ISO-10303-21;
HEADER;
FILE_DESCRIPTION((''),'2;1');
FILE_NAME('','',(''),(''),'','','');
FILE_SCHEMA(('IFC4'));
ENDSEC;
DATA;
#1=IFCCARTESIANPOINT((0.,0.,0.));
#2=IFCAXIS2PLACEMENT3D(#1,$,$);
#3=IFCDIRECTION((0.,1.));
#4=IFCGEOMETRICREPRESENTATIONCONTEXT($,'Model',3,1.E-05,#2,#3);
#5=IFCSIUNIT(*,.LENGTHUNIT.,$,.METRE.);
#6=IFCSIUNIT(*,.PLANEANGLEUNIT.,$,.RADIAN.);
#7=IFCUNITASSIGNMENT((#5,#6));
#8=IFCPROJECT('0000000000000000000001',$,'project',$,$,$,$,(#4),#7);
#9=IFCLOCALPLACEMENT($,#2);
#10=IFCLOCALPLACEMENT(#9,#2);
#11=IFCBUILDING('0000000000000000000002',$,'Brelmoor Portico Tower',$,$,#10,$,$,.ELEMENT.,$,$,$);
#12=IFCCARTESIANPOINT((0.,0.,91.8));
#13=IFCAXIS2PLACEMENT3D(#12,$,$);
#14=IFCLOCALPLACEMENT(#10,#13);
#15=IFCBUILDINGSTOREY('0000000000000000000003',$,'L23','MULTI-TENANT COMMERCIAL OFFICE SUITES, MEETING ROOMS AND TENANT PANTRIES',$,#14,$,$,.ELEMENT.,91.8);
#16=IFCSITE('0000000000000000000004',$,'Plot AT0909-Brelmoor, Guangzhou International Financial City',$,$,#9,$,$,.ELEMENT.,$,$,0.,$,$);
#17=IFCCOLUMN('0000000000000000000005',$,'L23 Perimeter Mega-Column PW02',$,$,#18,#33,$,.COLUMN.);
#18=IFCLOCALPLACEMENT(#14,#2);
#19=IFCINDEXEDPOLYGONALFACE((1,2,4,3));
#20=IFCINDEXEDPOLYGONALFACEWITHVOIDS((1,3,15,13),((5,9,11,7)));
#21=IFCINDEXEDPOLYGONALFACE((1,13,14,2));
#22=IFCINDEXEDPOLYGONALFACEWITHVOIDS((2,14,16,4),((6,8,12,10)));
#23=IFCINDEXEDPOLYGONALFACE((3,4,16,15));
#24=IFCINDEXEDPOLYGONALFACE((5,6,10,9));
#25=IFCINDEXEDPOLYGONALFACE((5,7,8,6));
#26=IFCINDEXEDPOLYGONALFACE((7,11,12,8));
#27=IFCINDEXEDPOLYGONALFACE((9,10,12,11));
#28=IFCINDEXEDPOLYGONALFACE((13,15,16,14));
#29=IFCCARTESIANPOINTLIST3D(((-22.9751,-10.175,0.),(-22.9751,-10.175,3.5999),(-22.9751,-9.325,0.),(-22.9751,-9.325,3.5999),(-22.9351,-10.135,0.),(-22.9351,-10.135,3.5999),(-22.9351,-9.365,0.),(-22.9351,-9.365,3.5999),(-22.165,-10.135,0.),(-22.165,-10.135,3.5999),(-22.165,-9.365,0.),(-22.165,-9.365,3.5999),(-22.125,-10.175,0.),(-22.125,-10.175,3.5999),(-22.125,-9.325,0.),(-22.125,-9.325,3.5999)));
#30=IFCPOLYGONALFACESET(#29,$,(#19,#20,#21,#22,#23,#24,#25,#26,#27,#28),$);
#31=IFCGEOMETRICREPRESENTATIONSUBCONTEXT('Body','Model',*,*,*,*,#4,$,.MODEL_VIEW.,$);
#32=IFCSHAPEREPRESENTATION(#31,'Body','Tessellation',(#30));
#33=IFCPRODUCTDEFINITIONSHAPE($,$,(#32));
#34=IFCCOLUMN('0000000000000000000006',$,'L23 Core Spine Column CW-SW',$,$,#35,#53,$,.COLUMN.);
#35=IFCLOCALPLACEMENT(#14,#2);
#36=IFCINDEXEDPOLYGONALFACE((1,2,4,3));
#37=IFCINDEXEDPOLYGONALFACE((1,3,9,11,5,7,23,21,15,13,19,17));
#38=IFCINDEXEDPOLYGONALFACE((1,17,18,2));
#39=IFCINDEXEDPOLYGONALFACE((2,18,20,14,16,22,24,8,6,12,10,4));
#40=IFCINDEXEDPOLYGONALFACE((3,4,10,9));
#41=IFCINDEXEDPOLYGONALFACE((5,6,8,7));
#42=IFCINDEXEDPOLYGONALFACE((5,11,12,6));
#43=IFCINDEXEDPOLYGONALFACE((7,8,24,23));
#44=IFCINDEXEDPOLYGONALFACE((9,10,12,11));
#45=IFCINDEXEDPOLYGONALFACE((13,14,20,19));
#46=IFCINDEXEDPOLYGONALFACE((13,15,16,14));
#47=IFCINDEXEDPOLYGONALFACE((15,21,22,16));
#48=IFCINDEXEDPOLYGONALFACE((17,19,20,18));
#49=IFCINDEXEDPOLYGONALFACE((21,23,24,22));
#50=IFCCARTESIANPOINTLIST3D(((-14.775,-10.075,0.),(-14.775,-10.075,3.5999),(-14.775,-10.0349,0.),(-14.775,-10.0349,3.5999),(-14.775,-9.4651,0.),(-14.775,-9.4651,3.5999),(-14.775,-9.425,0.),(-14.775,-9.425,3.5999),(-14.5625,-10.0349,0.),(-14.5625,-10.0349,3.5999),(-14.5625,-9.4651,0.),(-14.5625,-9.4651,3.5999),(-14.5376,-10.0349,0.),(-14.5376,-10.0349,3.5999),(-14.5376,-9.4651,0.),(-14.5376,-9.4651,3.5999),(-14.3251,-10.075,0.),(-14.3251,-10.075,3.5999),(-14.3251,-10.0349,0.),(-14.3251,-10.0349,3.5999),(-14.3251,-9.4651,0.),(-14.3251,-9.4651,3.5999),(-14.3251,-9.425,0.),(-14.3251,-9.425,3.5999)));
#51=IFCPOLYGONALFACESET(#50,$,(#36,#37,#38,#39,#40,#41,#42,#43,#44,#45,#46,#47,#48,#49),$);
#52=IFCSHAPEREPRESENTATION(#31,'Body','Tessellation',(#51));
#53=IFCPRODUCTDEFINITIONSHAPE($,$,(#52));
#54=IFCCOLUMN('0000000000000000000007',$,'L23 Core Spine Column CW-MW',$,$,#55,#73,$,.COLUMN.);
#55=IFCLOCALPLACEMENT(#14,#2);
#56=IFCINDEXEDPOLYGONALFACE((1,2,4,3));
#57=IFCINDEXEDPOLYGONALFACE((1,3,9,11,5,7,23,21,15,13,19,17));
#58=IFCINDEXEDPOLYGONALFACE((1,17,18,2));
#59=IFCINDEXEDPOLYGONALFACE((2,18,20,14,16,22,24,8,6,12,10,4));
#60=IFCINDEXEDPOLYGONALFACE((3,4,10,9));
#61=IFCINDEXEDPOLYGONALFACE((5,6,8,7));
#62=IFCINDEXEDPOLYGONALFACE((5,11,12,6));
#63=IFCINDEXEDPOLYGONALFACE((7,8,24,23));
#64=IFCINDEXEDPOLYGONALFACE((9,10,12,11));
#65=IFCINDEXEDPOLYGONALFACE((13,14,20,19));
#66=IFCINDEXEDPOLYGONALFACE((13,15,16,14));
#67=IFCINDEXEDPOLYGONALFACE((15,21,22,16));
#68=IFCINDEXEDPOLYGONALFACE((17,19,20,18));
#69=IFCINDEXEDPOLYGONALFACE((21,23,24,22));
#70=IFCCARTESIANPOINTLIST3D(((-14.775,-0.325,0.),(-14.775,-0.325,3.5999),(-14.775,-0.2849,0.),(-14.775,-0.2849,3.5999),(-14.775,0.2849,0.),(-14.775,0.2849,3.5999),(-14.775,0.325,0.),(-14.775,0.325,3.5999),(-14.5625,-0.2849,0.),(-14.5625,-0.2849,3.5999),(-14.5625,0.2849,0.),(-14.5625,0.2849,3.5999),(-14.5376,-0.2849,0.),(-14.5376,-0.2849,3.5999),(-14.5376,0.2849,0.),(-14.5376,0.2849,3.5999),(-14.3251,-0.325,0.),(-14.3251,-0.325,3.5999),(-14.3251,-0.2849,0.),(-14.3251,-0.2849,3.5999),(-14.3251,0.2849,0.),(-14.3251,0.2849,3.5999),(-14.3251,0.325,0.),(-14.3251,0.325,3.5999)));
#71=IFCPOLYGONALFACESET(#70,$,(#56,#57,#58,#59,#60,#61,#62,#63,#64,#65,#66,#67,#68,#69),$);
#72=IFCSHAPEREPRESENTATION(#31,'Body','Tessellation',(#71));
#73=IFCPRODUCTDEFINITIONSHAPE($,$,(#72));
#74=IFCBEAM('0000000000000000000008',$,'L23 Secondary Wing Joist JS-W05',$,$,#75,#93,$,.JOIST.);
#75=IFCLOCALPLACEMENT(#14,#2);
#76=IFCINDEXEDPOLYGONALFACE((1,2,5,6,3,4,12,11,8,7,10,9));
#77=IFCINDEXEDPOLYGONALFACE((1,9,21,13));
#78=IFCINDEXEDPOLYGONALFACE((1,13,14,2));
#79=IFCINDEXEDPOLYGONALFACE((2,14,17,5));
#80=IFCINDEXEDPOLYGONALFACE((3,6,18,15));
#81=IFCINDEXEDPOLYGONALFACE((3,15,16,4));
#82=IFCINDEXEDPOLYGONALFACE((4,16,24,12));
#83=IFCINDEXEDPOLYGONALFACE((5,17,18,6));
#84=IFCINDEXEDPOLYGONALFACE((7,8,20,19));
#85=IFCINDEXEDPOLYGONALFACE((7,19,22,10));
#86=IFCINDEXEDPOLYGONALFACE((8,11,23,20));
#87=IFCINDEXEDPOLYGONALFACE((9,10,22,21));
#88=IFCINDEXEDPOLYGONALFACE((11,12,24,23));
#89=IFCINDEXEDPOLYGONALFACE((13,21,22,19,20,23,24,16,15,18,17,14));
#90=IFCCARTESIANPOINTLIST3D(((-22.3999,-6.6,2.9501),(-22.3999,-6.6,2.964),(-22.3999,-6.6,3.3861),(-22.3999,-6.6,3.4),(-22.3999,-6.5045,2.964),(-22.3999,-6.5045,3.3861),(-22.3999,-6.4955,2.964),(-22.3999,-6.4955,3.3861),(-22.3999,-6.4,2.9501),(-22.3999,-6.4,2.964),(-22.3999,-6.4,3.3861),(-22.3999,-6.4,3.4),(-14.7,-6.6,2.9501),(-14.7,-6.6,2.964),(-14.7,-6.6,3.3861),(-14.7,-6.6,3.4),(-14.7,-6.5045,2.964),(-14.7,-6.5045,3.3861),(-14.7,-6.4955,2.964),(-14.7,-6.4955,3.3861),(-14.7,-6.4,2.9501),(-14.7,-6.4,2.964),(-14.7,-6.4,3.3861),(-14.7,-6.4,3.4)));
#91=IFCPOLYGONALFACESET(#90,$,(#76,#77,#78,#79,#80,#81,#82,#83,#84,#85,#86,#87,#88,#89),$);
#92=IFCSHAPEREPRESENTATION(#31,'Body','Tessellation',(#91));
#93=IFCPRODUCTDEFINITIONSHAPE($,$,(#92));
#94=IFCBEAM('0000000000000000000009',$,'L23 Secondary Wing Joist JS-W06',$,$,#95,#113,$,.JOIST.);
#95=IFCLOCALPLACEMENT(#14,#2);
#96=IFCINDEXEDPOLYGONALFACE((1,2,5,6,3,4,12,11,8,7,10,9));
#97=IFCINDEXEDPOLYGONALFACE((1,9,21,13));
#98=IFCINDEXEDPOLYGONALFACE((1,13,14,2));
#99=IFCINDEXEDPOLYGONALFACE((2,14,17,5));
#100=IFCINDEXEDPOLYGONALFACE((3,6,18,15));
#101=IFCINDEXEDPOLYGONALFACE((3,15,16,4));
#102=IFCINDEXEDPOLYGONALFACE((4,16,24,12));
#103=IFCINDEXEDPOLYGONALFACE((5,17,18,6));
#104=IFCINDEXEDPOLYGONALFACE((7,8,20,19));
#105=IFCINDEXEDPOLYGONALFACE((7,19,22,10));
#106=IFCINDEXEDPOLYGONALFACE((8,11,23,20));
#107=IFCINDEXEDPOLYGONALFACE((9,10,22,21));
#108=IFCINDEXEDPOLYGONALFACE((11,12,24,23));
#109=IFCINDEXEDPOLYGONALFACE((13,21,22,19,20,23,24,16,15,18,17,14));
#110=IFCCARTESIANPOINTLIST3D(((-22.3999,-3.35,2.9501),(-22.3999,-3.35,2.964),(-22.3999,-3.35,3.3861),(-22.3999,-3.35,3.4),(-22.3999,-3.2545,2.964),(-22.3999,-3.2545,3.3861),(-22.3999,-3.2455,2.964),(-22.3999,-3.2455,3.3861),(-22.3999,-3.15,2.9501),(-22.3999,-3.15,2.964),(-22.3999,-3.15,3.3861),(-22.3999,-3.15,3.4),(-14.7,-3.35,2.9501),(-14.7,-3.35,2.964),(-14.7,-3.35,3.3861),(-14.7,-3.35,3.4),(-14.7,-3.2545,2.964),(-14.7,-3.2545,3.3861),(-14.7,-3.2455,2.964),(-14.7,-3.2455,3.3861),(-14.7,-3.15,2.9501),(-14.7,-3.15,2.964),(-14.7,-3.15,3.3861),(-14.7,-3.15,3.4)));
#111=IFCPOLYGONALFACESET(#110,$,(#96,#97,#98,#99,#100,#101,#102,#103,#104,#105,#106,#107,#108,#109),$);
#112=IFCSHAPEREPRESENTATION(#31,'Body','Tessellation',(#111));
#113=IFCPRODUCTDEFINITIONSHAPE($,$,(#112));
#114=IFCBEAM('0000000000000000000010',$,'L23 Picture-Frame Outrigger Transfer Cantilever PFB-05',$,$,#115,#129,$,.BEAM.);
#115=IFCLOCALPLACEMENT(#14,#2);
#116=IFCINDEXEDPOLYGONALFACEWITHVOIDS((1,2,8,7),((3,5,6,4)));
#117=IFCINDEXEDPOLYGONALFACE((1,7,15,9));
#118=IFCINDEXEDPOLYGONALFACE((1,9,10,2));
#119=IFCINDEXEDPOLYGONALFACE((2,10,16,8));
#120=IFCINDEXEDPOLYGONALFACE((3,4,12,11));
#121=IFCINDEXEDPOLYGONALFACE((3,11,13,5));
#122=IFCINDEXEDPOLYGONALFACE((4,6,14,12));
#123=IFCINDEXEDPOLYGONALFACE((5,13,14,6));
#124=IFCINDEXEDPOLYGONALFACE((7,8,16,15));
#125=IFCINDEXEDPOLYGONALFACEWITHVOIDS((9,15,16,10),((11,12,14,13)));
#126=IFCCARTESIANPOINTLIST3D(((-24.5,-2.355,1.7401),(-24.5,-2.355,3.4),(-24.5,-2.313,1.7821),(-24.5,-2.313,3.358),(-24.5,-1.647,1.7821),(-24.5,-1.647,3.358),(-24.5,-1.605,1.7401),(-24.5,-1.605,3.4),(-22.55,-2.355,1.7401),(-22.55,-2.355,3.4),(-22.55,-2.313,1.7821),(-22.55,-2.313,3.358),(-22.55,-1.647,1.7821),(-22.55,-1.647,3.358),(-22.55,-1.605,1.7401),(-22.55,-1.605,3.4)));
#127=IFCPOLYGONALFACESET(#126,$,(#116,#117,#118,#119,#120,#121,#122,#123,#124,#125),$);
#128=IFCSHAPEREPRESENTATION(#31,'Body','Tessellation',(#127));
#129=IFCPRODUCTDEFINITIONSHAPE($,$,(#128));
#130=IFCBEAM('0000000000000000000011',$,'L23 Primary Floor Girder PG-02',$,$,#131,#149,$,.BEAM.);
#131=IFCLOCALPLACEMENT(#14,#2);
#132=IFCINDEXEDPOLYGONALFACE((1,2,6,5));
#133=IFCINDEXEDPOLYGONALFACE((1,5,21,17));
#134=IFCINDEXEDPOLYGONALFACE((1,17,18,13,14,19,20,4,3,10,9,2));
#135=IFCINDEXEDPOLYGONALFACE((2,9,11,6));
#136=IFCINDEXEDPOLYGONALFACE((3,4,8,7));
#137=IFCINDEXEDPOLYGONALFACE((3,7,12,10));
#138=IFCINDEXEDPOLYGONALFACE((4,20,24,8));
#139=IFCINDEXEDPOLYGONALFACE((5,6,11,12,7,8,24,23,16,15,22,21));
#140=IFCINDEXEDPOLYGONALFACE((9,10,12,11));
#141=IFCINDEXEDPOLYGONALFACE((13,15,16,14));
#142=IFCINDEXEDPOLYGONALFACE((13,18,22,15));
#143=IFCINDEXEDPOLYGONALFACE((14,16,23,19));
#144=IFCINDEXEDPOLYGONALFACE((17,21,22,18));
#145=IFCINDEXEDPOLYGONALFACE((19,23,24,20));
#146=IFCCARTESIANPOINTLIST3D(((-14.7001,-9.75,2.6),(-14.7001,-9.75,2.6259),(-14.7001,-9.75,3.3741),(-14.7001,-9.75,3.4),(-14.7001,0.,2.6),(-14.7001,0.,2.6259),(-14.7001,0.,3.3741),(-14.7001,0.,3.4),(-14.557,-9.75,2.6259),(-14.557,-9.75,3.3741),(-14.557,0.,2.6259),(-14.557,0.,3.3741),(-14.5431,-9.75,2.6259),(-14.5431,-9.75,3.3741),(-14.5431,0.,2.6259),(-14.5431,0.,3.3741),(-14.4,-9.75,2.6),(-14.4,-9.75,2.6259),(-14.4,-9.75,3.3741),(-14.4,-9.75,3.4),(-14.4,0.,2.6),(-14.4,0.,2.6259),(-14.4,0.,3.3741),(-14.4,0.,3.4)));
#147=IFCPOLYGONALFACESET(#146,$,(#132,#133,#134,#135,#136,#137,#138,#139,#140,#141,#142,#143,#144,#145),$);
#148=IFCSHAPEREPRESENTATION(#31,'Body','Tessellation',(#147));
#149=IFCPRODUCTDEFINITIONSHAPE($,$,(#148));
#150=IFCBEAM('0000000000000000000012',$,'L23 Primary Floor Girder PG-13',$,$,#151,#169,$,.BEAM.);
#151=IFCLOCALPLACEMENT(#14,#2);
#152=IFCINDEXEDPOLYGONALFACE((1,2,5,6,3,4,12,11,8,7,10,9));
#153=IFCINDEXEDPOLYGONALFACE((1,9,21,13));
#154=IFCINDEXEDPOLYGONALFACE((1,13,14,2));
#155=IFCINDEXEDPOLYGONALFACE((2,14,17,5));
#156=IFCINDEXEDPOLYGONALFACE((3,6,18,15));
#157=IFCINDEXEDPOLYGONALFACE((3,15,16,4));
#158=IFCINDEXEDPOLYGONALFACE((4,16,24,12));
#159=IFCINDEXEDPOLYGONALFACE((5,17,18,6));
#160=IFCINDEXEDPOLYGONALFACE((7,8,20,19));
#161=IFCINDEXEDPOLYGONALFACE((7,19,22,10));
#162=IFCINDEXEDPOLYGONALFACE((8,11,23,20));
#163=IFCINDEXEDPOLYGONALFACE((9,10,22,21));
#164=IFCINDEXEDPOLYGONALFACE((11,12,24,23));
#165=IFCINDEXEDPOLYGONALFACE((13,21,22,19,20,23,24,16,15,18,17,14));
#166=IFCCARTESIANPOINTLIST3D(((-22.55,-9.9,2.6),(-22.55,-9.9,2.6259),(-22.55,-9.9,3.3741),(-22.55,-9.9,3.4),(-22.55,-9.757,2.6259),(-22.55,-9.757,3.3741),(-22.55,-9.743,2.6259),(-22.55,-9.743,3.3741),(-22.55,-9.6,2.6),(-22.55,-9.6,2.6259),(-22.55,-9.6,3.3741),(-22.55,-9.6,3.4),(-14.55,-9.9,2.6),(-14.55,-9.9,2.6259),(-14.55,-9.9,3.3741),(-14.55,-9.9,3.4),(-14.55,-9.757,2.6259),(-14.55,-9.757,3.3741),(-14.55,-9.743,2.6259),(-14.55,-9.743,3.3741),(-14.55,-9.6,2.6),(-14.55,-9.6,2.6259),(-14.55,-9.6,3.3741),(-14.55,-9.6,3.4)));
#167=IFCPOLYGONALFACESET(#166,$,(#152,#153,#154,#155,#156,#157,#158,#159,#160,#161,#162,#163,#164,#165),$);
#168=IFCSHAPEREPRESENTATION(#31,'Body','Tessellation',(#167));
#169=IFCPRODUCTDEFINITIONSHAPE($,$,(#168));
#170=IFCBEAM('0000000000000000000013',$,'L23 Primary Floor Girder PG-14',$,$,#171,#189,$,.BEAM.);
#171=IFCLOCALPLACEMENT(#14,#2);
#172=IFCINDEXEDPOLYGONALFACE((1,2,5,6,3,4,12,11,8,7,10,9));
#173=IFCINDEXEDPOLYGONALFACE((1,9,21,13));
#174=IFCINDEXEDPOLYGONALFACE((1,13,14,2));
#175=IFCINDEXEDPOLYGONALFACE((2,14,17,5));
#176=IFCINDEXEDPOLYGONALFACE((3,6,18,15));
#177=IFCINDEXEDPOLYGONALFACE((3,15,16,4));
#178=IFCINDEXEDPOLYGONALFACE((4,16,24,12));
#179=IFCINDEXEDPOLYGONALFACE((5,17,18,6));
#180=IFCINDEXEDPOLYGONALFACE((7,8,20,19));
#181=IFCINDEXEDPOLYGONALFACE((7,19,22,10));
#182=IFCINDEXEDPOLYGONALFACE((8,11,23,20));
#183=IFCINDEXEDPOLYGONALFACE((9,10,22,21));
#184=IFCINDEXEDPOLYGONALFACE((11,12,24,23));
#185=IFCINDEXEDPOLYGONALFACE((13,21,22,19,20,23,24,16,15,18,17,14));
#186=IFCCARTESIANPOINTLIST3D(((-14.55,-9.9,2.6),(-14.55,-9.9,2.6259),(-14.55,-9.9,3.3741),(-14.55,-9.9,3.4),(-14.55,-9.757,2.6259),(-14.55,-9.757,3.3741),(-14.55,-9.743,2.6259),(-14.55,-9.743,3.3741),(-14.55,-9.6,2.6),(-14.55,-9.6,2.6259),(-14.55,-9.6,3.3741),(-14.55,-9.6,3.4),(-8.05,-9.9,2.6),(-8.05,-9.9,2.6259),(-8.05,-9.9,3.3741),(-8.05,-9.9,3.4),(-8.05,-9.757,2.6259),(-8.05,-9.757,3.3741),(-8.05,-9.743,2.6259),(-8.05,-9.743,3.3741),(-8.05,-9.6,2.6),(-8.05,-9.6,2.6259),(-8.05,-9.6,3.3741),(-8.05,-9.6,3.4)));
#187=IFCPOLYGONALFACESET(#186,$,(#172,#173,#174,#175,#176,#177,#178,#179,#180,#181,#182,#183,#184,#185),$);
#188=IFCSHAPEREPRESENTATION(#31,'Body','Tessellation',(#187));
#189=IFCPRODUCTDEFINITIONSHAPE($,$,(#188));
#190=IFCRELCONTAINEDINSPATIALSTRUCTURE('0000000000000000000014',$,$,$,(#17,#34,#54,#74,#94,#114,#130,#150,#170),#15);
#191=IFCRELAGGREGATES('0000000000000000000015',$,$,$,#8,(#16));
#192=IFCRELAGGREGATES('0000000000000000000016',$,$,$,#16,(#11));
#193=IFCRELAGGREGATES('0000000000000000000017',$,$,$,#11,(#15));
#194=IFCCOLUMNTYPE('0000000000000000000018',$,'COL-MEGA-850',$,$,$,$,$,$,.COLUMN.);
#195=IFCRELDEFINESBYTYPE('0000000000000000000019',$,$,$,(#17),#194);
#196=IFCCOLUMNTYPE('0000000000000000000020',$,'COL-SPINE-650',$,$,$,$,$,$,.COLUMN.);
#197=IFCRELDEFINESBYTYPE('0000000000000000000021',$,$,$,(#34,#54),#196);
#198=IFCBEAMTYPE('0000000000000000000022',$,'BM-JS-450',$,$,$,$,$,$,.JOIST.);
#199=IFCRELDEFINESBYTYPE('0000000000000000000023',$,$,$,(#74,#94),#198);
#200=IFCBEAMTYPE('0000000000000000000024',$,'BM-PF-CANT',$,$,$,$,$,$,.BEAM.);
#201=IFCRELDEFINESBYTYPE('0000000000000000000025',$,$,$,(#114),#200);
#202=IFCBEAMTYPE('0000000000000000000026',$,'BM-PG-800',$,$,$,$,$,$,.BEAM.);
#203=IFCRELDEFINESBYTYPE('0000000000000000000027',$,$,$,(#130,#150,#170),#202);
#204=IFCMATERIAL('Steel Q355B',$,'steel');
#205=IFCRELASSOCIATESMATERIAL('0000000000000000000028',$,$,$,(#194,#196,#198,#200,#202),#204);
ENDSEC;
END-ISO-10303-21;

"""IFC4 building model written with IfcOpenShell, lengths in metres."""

from ifc_helpers import new_model, si_unit, direction, frame, origin, origin_2d, place, context, subcontext, project, spatial, hollow_rectangle, i_section, extrude, material, material_profile, profile_set, type_object, element, save


model = new_model("IFC4")

# Units and contexts
model_context = context("Model", 3, precision=1e-05, world=origin(), true_north=direction((0.0, 1.0)))
body_context = subcontext(model_context, "Body", "Model", "MODEL_VIEW")
ifc_project = project(units=[si_unit("LENGTHUNIT", "METRE"), si_unit("PLANEANGLEUNIT", "RADIAN")], contexts=[model_context])

# Site, building, storey
site_placement = place(None, origin())
site = spatial("IfcSite", under=ifc_project, at=site_placement, Name="Plot AT0909-Brelmoor, Guangzhou International Financial City", CompositionType="ELEMENT", RefElevation=0.0)
building_placement = place(site_placement, origin())
building = spatial("IfcBuilding", under=site, at=building_placement, Name="Brelmoor Portico Tower", CompositionType="ELEMENT")
storey_placement = place(building_placement, frame((0.0, 0.0, 91.8)))
storey = spatial("IfcBuildingStorey", under=building, at=storey_placement, Name="L23", Description="MULTI-TENANT COMMERCIAL OFFICE SUITES, MEETING ROOMS AND TENANT PANTRIES", CompositionType="ELEMENT", Elevation=91.8)

# Columns
ifc_material_1 = material(Name="Steel Q355B", Category="steel")
ifc_material_profile_1 = material_profile(ifc_material_1, hollow_rectangle(XDim=0.8501, YDim=0.8501, WallThickness=0.04, at=origin_2d()), Name="BOX 850x850x40")
ifc_profile_set_1 = profile_set([ifc_material_profile_1], Name="Steel Q355B")
column_type_1 = type_object("IfcColumnType", Name="COL-MEGA-850", PredefinedType="COLUMN", material=ifc_profile_set_1)
column_placement = place(storey_placement, frame((-22.55, -9.75, 0.0), z_axis=(0.0, 0.0, 1.0), x_axis=(0.0, 1.0, 0.0)))
element("IfcColumn", 1, at=column_placement, inside=storey, type_object=column_type_1, Name="L23 Perimeter Mega-Column PW02", PredefinedType="COLUMN", context=body_context, shape_type="SweptSolid", body=[
    extrude(hollow_rectangle(XDim=0.8501, YDim=0.8501, WallThickness=0.04, at=origin_2d()), origin(), (0.0, 0.0, 1.0), 3.5999),
])
ifc_material_profile_2 = material_profile(ifc_material_1, i_section(OverallWidth=0.45, OverallDepth=0.6499, WebThickness=0.0249, FlangeThickness=0.04, at=origin_2d()), Name="HW 650x450x25x40")
ifc_profile_set_2 = profile_set([ifc_material_profile_2], Name="Steel Q355B")
column_type_2 = type_object("IfcColumnType", Name="COL-SPINE-650", PredefinedType="COLUMN", material=ifc_profile_set_2)
for number, where, z_axis, x_axis, name in (
    (2, (-14.55, -9.75, 0.0), (0.0, 0.0, 1.0), (1.0, 0.0, 0.0), "L23 Core Spine Column CW-SW"),
    (3, (-14.55, 0.0, 0.0), (0.0, 0.0, 1.0), (1.0, 0.0, 0.0), "L23 Core Spine Column CW-MW"),
):
    element("IfcColumn", number, at=place(storey_placement, frame(where, z_axis=z_axis, x_axis=x_axis)), inside=storey, type_object=column_type_2, Name=name, PredefinedType="COLUMN", context=body_context, shape_type="SweptSolid", body=[
        extrude(i_section(OverallWidth=0.45, OverallDepth=0.6499, WebThickness=0.0249, FlangeThickness=0.04, at=origin_2d()), origin(), (0.0, 0.0, 1.0), 3.5999),
    ])

# Beams
ifc_material_profile_3 = material_profile(ifc_material_1, i_section(OverallWidth=0.2, OverallDepth=0.45, WebThickness=0.009, FlangeThickness=0.0139, at=origin_2d()), Name="HN 450x200x9x14")
ifc_profile_set_3 = profile_set([ifc_material_profile_3], Name="Steel Q355B")
beam_type_1 = type_object("IfcBeamType", Name="BM-JS-450", PredefinedType="JOIST", material=ifc_profile_set_3)
for number, where, z_axis, x_axis, name in (
    (4, (-22.3999, -6.5, 3.175), (1.0, 0.0, 0.0), (0.0, 1.0, 0.0), "L23 Secondary Wing Joist JS-W05"),
    (5, (-22.3999, -3.25, 3.175), (1.0, 0.0, 0.0), (0.0, 1.0, 0.0), "L23 Secondary Wing Joist JS-W06"),
):
    element("IfcBeam", number, at=place(storey_placement, frame(where, z_axis=z_axis, x_axis=x_axis)), inside=storey, type_object=beam_type_1, Name=name, PredefinedType="JOIST", context=body_context, shape_type="SweptSolid", body=[
        extrude(i_section(OverallWidth=0.2, OverallDepth=0.45, WebThickness=0.009, FlangeThickness=0.0139, at=origin_2d()), origin(), (0.0, 0.0, 1.0), 7.7),
    ])
ifc_material_profile_4 = material_profile(ifc_material_1, hollow_rectangle(XDim=0.75, YDim=1.6599, WallThickness=0.042, at=origin_2d()), Name="BOX 750x1660x42")
ifc_profile_set_4 = profile_set([ifc_material_profile_4], Name="Steel Q355B")
beam_type_2 = type_object("IfcBeamType", Name="BM-PF-CANT", PredefinedType="BEAM", material=ifc_profile_set_4)
beam_1_placement = place(storey_placement, frame((-24.5, -1.98, 2.5701), z_axis=(1.0, 0.0, 0.0), x_axis=(0.0, 1.0, 0.0)))
element("IfcBeam", 6, at=beam_1_placement, inside=storey, type_object=beam_type_2, Name="L23 Picture-Frame Outrigger Transfer Cantilever PFB-05", PredefinedType="BEAM", context=body_context, shape_type="SweptSolid", body=[
    extrude(hollow_rectangle(XDim=0.75, YDim=1.6599, WallThickness=0.042, at=origin_2d()), origin(), (0.0, 0.0, 1.0), 1.95),
])
ifc_material_profile_5 = material_profile(ifc_material_1, i_section(OverallWidth=0.3, OverallDepth=0.8, WebThickness=0.0139, FlangeThickness=0.0259, at=origin_2d()), Name="HN 800x300x14x26")
ifc_profile_set_5 = profile_set([ifc_material_profile_5], Name="Steel Q355B")
beam_type_3 = type_object("IfcBeamType", Name="BM-PG-800", PredefinedType="BEAM", material=ifc_profile_set_5)
beam_2_placement = place(storey_placement, frame((-14.55, -9.75, 3.0), z_axis=(0.0, 1.0, 0.0), x_axis=(-1.0, 0.0, 0.0)))
element("IfcBeam", 7, at=beam_2_placement, inside=storey, type_object=beam_type_3, Name="L23 Primary Floor Girder PG-02", PredefinedType="BEAM", context=body_context, shape_type="SweptSolid", body=[
    extrude(i_section(OverallWidth=0.3, OverallDepth=0.8, WebThickness=0.0139, FlangeThickness=0.0259, at=origin_2d()), origin(), (0.0, 0.0, 1.0), 9.75),
])
beam_3_placement = place(storey_placement, frame((-22.55, -9.75, 3.0), z_axis=(1.0, 0.0, 0.0), x_axis=(0.0, 1.0, 0.0)))
element("IfcBeam", 8, at=beam_3_placement, inside=storey, type_object=beam_type_3, Name="L23 Primary Floor Girder PG-13", PredefinedType="BEAM", context=body_context, shape_type="SweptSolid", body=[
    extrude(i_section(OverallWidth=0.3, OverallDepth=0.8, WebThickness=0.0139, FlangeThickness=0.0259, at=origin_2d()), origin(), (0.0, 0.0, 1.0), 8.0),
])
beam_4_placement = place(storey_placement, frame((-14.55, -9.75, 3.0), z_axis=(1.0, 0.0, 0.0), x_axis=(0.0, 1.0, 0.0)))
element("IfcBeam", 9, at=beam_4_placement, inside=storey, type_object=beam_type_3, Name="L23 Primary Floor Girder PG-14", PredefinedType="BEAM", context=body_context, shape_type="SweptSolid", body=[
    extrude(i_section(OverallWidth=0.3, OverallDepth=0.8, WebThickness=0.0139, FlangeThickness=0.0259, at=origin_2d()), origin(), (0.0, 0.0, 1.0), 6.5),
])

save(model, "model.ifc")
